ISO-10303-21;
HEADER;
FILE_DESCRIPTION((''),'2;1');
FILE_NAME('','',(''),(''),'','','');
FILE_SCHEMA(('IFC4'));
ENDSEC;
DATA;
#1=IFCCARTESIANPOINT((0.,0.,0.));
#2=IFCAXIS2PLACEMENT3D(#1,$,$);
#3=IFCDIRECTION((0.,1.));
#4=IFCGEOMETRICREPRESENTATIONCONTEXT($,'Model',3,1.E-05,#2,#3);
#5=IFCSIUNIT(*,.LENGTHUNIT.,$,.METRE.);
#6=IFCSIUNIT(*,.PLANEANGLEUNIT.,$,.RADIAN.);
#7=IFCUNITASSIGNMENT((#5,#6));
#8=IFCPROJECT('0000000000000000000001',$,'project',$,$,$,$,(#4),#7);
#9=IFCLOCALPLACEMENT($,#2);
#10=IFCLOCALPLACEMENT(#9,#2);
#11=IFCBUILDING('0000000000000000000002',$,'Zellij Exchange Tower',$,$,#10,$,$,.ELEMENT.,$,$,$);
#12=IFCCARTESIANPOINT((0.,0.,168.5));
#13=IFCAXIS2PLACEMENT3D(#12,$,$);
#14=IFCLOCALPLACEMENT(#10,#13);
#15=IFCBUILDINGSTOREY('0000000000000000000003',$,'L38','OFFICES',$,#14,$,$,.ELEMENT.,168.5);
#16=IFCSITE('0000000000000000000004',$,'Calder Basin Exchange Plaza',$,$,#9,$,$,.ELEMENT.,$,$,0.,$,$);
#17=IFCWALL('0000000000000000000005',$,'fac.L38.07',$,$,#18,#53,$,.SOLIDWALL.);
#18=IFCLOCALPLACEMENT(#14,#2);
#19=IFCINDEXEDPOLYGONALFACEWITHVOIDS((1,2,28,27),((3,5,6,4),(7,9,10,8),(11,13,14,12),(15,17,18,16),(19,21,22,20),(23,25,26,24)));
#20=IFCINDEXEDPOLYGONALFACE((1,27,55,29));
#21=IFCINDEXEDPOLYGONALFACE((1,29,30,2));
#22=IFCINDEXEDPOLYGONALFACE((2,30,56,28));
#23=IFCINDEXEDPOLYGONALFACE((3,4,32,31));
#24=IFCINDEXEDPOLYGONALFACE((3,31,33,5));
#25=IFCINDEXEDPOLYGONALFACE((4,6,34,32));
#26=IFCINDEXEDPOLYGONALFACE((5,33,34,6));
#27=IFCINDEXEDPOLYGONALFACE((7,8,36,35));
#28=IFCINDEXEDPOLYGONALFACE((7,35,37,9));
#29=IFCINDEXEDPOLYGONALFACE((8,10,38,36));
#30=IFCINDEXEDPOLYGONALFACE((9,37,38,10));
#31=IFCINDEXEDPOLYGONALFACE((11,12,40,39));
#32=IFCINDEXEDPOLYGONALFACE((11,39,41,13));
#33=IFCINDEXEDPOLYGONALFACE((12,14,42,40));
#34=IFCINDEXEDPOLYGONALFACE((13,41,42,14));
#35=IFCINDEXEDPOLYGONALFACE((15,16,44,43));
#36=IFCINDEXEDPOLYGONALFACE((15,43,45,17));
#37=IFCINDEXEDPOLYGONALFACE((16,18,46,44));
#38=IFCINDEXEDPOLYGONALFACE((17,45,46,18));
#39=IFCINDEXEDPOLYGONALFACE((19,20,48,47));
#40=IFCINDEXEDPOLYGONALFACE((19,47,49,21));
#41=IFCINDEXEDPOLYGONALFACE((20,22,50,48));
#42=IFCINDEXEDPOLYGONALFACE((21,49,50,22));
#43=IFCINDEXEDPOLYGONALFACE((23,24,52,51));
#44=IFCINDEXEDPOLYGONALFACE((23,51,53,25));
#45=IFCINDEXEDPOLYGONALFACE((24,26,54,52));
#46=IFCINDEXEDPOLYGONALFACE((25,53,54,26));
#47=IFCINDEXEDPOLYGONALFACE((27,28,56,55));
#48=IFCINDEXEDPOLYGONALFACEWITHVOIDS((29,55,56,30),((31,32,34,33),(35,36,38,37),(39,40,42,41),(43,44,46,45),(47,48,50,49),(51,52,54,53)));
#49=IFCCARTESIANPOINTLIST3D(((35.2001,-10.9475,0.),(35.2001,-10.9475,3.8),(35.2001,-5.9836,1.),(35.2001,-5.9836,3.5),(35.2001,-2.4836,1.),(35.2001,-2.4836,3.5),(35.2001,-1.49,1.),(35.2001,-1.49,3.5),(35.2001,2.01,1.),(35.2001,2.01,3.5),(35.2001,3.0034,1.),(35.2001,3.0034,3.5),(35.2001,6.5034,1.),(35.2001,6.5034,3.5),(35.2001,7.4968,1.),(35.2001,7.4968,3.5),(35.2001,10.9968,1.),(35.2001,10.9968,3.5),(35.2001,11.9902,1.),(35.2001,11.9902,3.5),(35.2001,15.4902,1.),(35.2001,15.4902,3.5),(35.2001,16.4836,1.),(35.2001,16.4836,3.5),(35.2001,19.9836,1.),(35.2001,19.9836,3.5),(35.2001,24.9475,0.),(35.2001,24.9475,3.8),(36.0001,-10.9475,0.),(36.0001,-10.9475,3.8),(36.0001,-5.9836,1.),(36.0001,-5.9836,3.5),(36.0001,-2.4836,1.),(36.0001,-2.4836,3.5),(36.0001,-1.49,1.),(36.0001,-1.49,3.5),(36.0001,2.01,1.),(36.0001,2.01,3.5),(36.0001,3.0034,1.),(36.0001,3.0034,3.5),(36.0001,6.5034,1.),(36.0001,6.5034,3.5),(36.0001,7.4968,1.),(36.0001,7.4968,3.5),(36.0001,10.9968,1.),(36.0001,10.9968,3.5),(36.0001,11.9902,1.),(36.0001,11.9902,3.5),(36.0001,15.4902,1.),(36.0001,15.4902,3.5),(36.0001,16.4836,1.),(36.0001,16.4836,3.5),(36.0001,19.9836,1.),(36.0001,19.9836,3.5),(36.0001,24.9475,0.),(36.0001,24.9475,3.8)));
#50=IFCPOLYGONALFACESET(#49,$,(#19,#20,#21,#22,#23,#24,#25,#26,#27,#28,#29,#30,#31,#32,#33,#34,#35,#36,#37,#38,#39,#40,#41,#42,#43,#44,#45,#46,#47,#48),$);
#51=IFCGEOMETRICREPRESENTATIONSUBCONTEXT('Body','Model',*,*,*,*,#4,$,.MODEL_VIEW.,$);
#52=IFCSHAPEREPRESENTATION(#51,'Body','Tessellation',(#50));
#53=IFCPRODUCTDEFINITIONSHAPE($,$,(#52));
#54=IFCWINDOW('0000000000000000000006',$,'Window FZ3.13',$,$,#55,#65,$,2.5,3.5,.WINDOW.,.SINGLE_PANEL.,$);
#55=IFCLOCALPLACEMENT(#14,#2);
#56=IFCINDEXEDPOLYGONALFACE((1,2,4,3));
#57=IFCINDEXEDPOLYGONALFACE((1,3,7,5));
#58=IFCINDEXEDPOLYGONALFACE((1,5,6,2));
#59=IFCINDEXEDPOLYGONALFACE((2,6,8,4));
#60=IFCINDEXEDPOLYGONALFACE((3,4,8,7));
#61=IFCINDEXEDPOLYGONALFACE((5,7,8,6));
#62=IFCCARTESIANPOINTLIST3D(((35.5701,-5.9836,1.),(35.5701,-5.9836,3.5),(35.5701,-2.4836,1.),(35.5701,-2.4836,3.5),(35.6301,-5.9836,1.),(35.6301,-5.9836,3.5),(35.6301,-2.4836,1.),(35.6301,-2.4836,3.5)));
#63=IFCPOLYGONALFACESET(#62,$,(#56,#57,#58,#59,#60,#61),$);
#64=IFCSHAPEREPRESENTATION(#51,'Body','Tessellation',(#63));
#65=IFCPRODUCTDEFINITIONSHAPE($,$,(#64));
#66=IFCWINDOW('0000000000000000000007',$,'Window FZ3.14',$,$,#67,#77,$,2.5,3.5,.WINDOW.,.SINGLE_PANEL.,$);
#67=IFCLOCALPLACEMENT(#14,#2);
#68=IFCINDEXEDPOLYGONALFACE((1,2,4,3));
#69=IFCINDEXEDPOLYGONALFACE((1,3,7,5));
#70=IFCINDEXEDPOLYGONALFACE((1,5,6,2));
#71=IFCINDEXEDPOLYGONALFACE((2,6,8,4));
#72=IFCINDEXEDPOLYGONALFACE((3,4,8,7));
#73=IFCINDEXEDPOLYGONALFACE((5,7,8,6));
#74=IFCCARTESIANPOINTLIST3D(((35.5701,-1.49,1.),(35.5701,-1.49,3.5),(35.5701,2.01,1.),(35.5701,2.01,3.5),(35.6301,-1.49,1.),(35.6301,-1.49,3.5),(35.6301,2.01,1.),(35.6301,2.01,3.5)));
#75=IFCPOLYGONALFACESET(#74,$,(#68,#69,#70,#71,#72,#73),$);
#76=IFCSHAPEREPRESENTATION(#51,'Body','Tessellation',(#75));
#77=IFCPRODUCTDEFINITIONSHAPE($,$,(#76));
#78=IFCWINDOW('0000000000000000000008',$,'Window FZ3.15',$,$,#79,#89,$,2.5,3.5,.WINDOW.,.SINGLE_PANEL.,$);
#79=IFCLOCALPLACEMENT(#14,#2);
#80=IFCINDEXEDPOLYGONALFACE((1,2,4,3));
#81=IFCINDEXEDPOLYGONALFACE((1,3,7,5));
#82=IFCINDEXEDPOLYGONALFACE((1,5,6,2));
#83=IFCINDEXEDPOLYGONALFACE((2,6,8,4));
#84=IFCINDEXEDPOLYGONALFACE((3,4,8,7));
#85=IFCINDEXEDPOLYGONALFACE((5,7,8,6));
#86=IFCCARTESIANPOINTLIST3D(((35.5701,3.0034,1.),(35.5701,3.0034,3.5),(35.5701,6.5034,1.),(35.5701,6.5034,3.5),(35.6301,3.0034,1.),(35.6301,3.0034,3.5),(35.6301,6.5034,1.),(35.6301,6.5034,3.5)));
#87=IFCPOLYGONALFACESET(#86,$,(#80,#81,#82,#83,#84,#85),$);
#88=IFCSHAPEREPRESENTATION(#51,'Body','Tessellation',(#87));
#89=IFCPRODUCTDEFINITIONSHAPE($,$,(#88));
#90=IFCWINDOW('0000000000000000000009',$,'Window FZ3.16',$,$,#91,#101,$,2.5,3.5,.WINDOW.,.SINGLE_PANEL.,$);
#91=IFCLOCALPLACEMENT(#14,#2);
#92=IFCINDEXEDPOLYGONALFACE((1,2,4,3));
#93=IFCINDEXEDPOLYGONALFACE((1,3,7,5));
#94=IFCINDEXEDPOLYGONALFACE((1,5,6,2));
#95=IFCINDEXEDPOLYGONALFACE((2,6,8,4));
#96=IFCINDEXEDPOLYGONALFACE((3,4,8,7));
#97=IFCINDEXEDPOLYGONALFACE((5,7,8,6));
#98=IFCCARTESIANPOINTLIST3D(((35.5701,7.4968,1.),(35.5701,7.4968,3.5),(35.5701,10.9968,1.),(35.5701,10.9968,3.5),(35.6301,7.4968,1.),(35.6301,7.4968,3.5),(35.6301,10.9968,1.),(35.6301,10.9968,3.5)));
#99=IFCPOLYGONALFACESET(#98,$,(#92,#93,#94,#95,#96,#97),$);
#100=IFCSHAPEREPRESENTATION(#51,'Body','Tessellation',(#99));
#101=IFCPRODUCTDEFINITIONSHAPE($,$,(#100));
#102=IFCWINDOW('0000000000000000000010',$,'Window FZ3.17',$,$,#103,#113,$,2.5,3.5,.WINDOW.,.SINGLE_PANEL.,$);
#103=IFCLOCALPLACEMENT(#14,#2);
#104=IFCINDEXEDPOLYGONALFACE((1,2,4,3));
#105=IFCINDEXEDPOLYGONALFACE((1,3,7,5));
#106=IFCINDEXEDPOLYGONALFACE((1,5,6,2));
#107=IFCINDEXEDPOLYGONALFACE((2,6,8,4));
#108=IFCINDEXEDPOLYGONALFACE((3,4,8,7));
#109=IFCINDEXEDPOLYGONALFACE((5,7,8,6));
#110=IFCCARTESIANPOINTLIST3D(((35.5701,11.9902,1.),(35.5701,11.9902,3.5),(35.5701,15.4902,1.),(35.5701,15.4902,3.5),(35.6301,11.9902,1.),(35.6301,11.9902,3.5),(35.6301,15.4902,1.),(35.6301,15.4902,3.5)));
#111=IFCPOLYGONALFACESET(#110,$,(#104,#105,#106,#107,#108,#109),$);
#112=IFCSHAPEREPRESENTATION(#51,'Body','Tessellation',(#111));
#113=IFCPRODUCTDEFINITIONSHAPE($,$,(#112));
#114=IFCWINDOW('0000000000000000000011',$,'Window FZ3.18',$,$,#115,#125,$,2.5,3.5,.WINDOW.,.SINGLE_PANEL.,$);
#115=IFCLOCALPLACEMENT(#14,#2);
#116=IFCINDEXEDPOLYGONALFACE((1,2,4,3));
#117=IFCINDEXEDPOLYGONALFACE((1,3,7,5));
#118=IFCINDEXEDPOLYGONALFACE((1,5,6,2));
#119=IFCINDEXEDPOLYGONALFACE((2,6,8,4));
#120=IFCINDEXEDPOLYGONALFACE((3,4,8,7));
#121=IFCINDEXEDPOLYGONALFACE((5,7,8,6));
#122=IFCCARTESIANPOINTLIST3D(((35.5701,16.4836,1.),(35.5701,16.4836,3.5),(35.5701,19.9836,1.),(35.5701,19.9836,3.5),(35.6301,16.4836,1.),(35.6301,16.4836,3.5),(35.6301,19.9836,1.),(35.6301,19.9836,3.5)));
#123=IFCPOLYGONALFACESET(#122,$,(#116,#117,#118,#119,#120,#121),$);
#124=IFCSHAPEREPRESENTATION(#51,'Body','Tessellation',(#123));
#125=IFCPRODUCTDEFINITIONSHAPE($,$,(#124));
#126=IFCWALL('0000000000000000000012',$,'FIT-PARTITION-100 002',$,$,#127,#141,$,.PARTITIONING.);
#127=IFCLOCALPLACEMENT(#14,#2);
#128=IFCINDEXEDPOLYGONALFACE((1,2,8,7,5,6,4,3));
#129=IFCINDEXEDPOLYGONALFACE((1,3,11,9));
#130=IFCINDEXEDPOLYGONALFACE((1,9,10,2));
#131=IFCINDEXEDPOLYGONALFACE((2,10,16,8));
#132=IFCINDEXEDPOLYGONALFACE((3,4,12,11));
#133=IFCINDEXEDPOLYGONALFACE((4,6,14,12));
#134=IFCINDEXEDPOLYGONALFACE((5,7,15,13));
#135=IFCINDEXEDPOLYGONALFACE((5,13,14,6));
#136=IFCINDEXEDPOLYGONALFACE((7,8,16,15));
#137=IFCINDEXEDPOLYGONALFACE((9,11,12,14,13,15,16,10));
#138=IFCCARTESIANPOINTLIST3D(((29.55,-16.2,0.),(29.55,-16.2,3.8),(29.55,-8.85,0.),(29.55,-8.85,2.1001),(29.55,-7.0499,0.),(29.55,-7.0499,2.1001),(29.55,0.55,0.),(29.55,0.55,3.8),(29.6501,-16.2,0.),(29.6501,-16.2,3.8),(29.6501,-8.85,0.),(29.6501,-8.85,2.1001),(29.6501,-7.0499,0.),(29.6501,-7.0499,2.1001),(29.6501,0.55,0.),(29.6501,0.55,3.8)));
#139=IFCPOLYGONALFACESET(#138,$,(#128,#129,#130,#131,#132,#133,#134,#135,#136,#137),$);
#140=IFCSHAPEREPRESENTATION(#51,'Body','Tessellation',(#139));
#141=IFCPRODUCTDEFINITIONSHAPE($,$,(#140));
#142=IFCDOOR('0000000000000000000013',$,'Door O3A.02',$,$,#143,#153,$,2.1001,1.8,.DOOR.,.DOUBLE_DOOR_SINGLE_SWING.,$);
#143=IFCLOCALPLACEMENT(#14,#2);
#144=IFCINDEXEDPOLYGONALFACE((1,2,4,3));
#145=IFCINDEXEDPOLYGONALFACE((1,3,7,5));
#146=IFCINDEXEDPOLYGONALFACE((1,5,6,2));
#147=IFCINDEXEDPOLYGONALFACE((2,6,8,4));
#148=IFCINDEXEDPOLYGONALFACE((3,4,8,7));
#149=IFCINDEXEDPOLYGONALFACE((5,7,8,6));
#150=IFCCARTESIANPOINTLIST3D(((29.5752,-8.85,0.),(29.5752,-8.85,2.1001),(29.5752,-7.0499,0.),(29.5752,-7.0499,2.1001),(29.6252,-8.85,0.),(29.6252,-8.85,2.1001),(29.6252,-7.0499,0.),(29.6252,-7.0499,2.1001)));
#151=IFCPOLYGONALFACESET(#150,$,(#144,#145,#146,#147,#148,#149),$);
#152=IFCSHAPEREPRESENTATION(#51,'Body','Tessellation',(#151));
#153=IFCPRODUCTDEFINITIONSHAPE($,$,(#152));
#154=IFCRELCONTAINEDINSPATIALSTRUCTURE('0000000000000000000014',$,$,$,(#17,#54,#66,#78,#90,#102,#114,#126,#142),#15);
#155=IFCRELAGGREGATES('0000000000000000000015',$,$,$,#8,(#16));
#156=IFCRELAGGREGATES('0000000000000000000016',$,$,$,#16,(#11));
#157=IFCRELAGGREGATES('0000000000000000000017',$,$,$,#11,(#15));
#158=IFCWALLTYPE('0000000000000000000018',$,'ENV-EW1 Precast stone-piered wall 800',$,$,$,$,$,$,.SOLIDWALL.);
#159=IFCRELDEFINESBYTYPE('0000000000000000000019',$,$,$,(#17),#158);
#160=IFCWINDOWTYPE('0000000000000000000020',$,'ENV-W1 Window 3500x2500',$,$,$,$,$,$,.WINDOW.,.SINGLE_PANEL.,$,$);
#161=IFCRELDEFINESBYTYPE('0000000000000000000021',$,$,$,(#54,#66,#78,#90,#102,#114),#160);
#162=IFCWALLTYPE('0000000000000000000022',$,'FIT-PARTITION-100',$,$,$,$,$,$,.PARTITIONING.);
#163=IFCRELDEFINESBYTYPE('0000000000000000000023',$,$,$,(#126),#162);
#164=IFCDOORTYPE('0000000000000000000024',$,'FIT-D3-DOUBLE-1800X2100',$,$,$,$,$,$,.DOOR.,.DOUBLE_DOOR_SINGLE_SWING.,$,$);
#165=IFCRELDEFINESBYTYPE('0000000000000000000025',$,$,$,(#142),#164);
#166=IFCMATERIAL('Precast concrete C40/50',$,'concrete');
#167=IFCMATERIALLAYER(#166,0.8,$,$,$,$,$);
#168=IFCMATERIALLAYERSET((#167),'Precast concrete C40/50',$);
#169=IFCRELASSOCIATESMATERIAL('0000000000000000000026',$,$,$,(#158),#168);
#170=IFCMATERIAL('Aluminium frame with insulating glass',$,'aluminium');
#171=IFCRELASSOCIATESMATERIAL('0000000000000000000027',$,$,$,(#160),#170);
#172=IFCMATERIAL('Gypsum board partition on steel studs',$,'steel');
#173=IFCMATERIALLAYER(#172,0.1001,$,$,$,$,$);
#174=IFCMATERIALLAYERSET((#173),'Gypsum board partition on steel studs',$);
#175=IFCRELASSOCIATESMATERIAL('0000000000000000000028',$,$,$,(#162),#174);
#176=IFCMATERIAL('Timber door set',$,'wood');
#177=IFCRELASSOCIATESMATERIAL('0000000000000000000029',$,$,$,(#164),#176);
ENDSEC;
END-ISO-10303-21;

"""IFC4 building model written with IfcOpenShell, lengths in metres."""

from ifc_helpers import new_model, si_unit, direction, frame, frame_2d, origin, place, context, subcontext, project, spatial, rectangle, extrude, material, layer, layer_set, type_object, element, fill, save


model = new_model("IFC4")

# Units and contexts
model_context = context("Model", 3, precision=1e-05, world=origin(), true_north=direction((0.0, 1.0)))
body_context = subcontext(model_context, "Body", "Model", "MODEL_VIEW")
ifc_project = project(units=[si_unit("LENGTHUNIT", "METRE"), si_unit("PLANEANGLEUNIT", "RADIAN")], contexts=[model_context])

# Site, building, storey
site_placement = place(None, origin())
site = spatial("IfcSite", under=ifc_project, at=site_placement, Name="Calder Basin Exchange Plaza", CompositionType="ELEMENT", RefElevation=0.0)
building_placement = place(site_placement, origin())
building = spatial("IfcBuilding", under=site, at=building_placement, Name="Zellij Exchange Tower", CompositionType="ELEMENT")
storey_placement = place(building_placement, frame((0.0, 0.0, 168.5)))
storey = spatial("IfcBuildingStorey", under=building, at=storey_placement, Name="L38", Description="OFFICES", CompositionType="ELEMENT", Elevation=168.5)

# Shared definitions
ifc_material_1 = material(Name="Precast concrete C40/50", Category="concrete")
ifc_layer_1 = layer(ifc_material_1, 0.8)
ifc_layer_set_1 = layer_set([ifc_layer_1], Name="Precast concrete C40/50")
wall_type_1 = type_object("IfcWallType", Name="ENV-EW1 Precast stone-piered wall 800", PredefinedType="SOLIDWALL", material=ifc_layer_set_1)

# Wall, openings, windows
wall_1_placement = place(storey_placement, frame((35.6001, -10.9475, 0.0), z_axis=(0.0, 0.0, 1.0), x_axis=(0.0, 1.0, 0.0)))
wall_1 = element("IfcWall", 1, at=wall_1_placement, inside=storey, type_object=wall_type_1, Name="fac.L38.07", PredefinedType="SOLIDWALL", context=body_context, shape_type="SweptSolid", body=[
    extrude(rectangle(XDim=35.895, YDim=0.8, at=frame_2d((17.9475, 0.0))), origin(), (0.0, 0.0, 1.0), 3.8),
])
opening_1_placement = place(wall_1_placement, frame((4.9639, 0.0, 1.0)))
opening_1 = element("IfcOpeningElement", 2, at=opening_1_placement, cuts=wall_1, PredefinedType="OPENING", context=body_context, shape_type="SweptSolid", body=[
    extrude(rectangle(XDim=3.5, YDim=2.5, at=frame_2d((1.75, 1.25))), frame((0.0, 0.4121, 0.0), z_axis=(0.0, -1.0, 0.0), x_axis=(1.0, 0.0, 0.0)), (0.0, 0.0, 1.0), 0.824),
])
opening_2_placement = place(wall_1_placement, frame((9.4575, 0.0, 1.0)))
opening_2 = element("IfcOpeningElement", 3, at=opening_2_placement, cuts=wall_1, PredefinedType="OPENING", context=body_context, shape_type="SweptSolid", body=[
    extrude(rectangle(XDim=3.5, YDim=2.5, at=frame_2d((1.75, 1.25))), frame((0.0, 0.4121, 0.0), z_axis=(0.0, -1.0, 0.0), x_axis=(1.0, 0.0, 0.0)), (0.0, 0.0, 1.0), 0.824),
])
opening_3_placement = place(wall_1_placement, frame((13.9509, 0.0, 1.0)))
opening_3 = element("IfcOpeningElement", 4, at=opening_3_placement, cuts=wall_1, PredefinedType="OPENING", context=body_context, shape_type="SweptSolid", body=[
    extrude(rectangle(XDim=3.5, YDim=2.5, at=frame_2d((1.75, 1.25))), frame((0.0, 0.4121, 0.0), z_axis=(0.0, -1.0, 0.0), x_axis=(1.0, 0.0, 0.0)), (0.0, 0.0, 1.0), 0.824),
])
opening_4_placement = place(wall_1_placement, frame((18.4443, 0.0, 1.0)))
opening_4 = element("IfcOpeningElement", 5, at=opening_4_placement, cuts=wall_1, PredefinedType="OPENING", context=body_context, shape_type="SweptSolid", body=[
    extrude(rectangle(XDim=3.5, YDim=2.5, at=frame_2d((1.75, 1.25))), frame((0.0, 0.4121, 0.0), z_axis=(0.0, -1.0, 0.0), x_axis=(1.0, 0.0, 0.0)), (0.0, 0.0, 1.0), 0.824),
])
opening_5_placement = place(wall_1_placement, frame((22.9377, 0.0, 1.0)))
opening_5 = element("IfcOpeningElement", 6, at=opening_5_placement, cuts=wall_1, PredefinedType="OPENING", context=body_context, shape_type="SweptSolid", body=[
    extrude(rectangle(XDim=3.5, YDim=2.5, at=frame_2d((1.75, 1.25))), frame((0.0, 0.4121, 0.0), z_axis=(0.0, -1.0, 0.0), x_axis=(1.0, 0.0, 0.0)), (0.0, 0.0, 1.0), 0.824),
])
opening_6_placement = place(wall_1_placement, frame((27.4312, 0.0, 1.0)))
opening_6 = element("IfcOpeningElement", 7, at=opening_6_placement, cuts=wall_1, PredefinedType="OPENING", context=body_context, shape_type="SweptSolid", body=[
    extrude(rectangle(XDim=3.5, YDim=2.5, at=frame_2d((1.75, 1.25))), frame((0.0, 0.4121, 0.0), z_axis=(0.0, -1.0, 0.0), x_axis=(1.0, 0.0, 0.0)), (0.0, 0.0, 1.0), 0.824),
])
ifc_material_2 = material(Name="Aluminium frame with insulating glass", Category="aluminium")
window_type = type_object("IfcWindowType", Name="ENV-W1 Window 3500x2500", PartitioningType="SINGLE_PANEL", PredefinedType="WINDOW", material=ifc_material_2)
window_1_placement = place(opening_1_placement, origin())
window_1 = element("IfcWindow", 8, at=window_1_placement, inside=storey, type_object=window_type, Name="Window FZ3.13", OverallHeight=2.5, OverallWidth=3.5, PartitioningType="SINGLE_PANEL", PredefinedType="WINDOW", context=body_context, shape_type="SweptSolid", body=[
    extrude(rectangle(XDim=3.5, YDim=2.5, at=frame_2d((1.75, 1.25))), frame((0.0, 0.03, 0.0), z_axis=(0.0, -1.0, 0.0), x_axis=(1.0, 0.0, 0.0)), (0.0, 0.0, 1.0), 0.0601),
])
fill(opening_1, window_1)
window_2_placement = place(opening_2_placement, origin())
window_2 = element("IfcWindow", 9, at=window_2_placement, inside=storey, type_object=window_type, Name="Window FZ3.14", OverallHeight=2.5, OverallWidth=3.5, PartitioningType="SINGLE_PANEL", PredefinedType="WINDOW", context=body_context, shape_type="SweptSolid", body=[
    extrude(rectangle(XDim=3.5, YDim=2.5, at=frame_2d((1.75, 1.25))), frame((0.0, 0.03, 0.0), z_axis=(0.0, -1.0, 0.0), x_axis=(1.0, 0.0, 0.0)), (0.0, 0.0, 1.0), 0.0601),
])
fill(opening_2, window_2)
window_3_placement = place(opening_3_placement, origin())
window_3 = element("IfcWindow", 10, at=window_3_placement, inside=storey, type_object=window_type, Name="Window FZ3.15", OverallHeight=2.5, OverallWidth=3.5, PartitioningType="SINGLE_PANEL", PredefinedType="WINDOW", context=body_context, shape_type="SweptSolid", body=[
    extrude(rectangle(XDim=3.5, YDim=2.5, at=frame_2d((1.75, 1.25))), frame((0.0, 0.03, 0.0), z_axis=(0.0, -1.0, 0.0), x_axis=(1.0, 0.0, 0.0)), (0.0, 0.0, 1.0), 0.0601),
])
fill(opening_3, window_3)
window_4_placement = place(opening_4_placement, origin())
window_4 = element("IfcWindow", 11, at=window_4_placement, inside=storey, type_object=window_type, Name="Window FZ3.16", OverallHeight=2.5, OverallWidth=3.5, PartitioningType="SINGLE_PANEL", PredefinedType="WINDOW", context=body_context, shape_type="SweptSolid", body=[
    extrude(rectangle(XDim=3.5, YDim=2.5, at=frame_2d((1.75, 1.25))), frame((0.0, 0.03, 0.0), z_axis=(0.0, -1.0, 0.0), x_axis=(1.0, 0.0, 0.0)), (0.0, 0.0, 1.0), 0.0601),
])
fill(opening_4, window_4)
window_5_placement = place(opening_5_placement, origin())
window_5 = element("IfcWindow", 12, at=window_5_placement, inside=storey, type_object=window_type, Name="Window FZ3.17", OverallHeight=2.5, OverallWidth=3.5, PartitioningType="SINGLE_PANEL", PredefinedType="WINDOW", context=body_context, shape_type="SweptSolid", body=[
    extrude(rectangle(XDim=3.5, YDim=2.5, at=frame_2d((1.75, 1.25))), frame((0.0, 0.03, 0.0), z_axis=(0.0, -1.0, 0.0), x_axis=(1.0, 0.0, 0.0)), (0.0, 0.0, 1.0), 0.0601),
])
fill(opening_5, window_5)
window_6_placement = place(opening_6_placement, origin())
window_6 = element("IfcWindow", 13, at=window_6_placement, inside=storey, type_object=window_type, Name="Window FZ3.18", OverallHeight=2.5, OverallWidth=3.5, PartitioningType="SINGLE_PANEL", PredefinedType="WINDOW", context=body_context, shape_type="SweptSolid", body=[
    extrude(rectangle(XDim=3.5, YDim=2.5, at=frame_2d((1.75, 1.25))), frame((0.0, 0.03, 0.0), z_axis=(0.0, -1.0, 0.0), x_axis=(1.0, 0.0, 0.0)), (0.0, 0.0, 1.0), 0.0601),
])
fill(opening_6, window_6)

# Wall, opening, door
ifc_material_3 = material(Name="Gypsum board partition on steel studs", Category="steel")
ifc_layer_2 = layer(ifc_material_3, 0.1001)
ifc_layer_set_2 = layer_set([ifc_layer_2], Name="Gypsum board partition on steel studs")
wall_type_2 = type_object("IfcWallType", Name="FIT-PARTITION-100", PredefinedType="PARTITIONING", material=ifc_layer_set_2)
wall_2_placement = place(storey_placement, frame((29.6001, -16.2, 0.0), z_axis=(0.0, 0.0, 1.0), x_axis=(0.0, 1.0, 0.0)))
wall_2 = element("IfcWall", 14, at=wall_2_placement, inside=storey, type_object=wall_type_2, Name="FIT-PARTITION-100 002", PredefinedType="PARTITIONING", context=body_context, shape_type="SweptSolid", body=[
    extrude(rectangle(XDim=16.75, YDim=0.1001, at=frame_2d((8.375, 0.0))), origin(), (0.0, 0.0, 1.0), 3.8),
])
opening_7_placement = place(wall_2_placement, frame((7.3501, 0.0, 0.0)))
opening_7 = element("IfcOpeningElement", 15, at=opening_7_placement, cuts=wall_2, PredefinedType="OPENING", context=body_context, shape_type="SweptSolid", body=[
    extrude(rectangle(XDim=1.8, YDim=2.1001, at=frame_2d((0.8999, 1.05))), frame((0.0, 0.062, 0.0), z_axis=(0.0, -1.0, 0.0), x_axis=(1.0, 0.0, 0.0)), (0.0, 0.0, 1.0), 0.124),
])
ifc_material_4 = material(Name="Timber door set", Category="wood")
door_type_1 = type_object("IfcDoorType", Name="FIT-D3-DOUBLE-1800X2100", OperationType="DOUBLE_DOOR_SINGLE_SWING", PredefinedType="DOOR", material=ifc_material_4)
door_1_placement = place(opening_7_placement, origin())
door_1 = element("IfcDoor", 16, at=door_1_placement, inside=storey, type_object=door_type_1, Name="Door O3A.02", OperationType="DOUBLE_DOOR_SINGLE_SWING", OverallHeight=2.1001, OverallWidth=1.8, PredefinedType="DOOR", context=body_context, shape_type="SweptSolid", body=[
    extrude(rectangle(XDim=1.8, YDim=2.1001, at=frame_2d((0.8999, 1.05))), frame((0.0, 0.0249, 0.0), z_axis=(0.0, -1.0, 0.0), x_axis=(1.0, 0.0, 0.0)), (0.0, 0.0, 1.0), 0.05),
])
fill(opening_7, door_1)

save(model, "model.ifc")
